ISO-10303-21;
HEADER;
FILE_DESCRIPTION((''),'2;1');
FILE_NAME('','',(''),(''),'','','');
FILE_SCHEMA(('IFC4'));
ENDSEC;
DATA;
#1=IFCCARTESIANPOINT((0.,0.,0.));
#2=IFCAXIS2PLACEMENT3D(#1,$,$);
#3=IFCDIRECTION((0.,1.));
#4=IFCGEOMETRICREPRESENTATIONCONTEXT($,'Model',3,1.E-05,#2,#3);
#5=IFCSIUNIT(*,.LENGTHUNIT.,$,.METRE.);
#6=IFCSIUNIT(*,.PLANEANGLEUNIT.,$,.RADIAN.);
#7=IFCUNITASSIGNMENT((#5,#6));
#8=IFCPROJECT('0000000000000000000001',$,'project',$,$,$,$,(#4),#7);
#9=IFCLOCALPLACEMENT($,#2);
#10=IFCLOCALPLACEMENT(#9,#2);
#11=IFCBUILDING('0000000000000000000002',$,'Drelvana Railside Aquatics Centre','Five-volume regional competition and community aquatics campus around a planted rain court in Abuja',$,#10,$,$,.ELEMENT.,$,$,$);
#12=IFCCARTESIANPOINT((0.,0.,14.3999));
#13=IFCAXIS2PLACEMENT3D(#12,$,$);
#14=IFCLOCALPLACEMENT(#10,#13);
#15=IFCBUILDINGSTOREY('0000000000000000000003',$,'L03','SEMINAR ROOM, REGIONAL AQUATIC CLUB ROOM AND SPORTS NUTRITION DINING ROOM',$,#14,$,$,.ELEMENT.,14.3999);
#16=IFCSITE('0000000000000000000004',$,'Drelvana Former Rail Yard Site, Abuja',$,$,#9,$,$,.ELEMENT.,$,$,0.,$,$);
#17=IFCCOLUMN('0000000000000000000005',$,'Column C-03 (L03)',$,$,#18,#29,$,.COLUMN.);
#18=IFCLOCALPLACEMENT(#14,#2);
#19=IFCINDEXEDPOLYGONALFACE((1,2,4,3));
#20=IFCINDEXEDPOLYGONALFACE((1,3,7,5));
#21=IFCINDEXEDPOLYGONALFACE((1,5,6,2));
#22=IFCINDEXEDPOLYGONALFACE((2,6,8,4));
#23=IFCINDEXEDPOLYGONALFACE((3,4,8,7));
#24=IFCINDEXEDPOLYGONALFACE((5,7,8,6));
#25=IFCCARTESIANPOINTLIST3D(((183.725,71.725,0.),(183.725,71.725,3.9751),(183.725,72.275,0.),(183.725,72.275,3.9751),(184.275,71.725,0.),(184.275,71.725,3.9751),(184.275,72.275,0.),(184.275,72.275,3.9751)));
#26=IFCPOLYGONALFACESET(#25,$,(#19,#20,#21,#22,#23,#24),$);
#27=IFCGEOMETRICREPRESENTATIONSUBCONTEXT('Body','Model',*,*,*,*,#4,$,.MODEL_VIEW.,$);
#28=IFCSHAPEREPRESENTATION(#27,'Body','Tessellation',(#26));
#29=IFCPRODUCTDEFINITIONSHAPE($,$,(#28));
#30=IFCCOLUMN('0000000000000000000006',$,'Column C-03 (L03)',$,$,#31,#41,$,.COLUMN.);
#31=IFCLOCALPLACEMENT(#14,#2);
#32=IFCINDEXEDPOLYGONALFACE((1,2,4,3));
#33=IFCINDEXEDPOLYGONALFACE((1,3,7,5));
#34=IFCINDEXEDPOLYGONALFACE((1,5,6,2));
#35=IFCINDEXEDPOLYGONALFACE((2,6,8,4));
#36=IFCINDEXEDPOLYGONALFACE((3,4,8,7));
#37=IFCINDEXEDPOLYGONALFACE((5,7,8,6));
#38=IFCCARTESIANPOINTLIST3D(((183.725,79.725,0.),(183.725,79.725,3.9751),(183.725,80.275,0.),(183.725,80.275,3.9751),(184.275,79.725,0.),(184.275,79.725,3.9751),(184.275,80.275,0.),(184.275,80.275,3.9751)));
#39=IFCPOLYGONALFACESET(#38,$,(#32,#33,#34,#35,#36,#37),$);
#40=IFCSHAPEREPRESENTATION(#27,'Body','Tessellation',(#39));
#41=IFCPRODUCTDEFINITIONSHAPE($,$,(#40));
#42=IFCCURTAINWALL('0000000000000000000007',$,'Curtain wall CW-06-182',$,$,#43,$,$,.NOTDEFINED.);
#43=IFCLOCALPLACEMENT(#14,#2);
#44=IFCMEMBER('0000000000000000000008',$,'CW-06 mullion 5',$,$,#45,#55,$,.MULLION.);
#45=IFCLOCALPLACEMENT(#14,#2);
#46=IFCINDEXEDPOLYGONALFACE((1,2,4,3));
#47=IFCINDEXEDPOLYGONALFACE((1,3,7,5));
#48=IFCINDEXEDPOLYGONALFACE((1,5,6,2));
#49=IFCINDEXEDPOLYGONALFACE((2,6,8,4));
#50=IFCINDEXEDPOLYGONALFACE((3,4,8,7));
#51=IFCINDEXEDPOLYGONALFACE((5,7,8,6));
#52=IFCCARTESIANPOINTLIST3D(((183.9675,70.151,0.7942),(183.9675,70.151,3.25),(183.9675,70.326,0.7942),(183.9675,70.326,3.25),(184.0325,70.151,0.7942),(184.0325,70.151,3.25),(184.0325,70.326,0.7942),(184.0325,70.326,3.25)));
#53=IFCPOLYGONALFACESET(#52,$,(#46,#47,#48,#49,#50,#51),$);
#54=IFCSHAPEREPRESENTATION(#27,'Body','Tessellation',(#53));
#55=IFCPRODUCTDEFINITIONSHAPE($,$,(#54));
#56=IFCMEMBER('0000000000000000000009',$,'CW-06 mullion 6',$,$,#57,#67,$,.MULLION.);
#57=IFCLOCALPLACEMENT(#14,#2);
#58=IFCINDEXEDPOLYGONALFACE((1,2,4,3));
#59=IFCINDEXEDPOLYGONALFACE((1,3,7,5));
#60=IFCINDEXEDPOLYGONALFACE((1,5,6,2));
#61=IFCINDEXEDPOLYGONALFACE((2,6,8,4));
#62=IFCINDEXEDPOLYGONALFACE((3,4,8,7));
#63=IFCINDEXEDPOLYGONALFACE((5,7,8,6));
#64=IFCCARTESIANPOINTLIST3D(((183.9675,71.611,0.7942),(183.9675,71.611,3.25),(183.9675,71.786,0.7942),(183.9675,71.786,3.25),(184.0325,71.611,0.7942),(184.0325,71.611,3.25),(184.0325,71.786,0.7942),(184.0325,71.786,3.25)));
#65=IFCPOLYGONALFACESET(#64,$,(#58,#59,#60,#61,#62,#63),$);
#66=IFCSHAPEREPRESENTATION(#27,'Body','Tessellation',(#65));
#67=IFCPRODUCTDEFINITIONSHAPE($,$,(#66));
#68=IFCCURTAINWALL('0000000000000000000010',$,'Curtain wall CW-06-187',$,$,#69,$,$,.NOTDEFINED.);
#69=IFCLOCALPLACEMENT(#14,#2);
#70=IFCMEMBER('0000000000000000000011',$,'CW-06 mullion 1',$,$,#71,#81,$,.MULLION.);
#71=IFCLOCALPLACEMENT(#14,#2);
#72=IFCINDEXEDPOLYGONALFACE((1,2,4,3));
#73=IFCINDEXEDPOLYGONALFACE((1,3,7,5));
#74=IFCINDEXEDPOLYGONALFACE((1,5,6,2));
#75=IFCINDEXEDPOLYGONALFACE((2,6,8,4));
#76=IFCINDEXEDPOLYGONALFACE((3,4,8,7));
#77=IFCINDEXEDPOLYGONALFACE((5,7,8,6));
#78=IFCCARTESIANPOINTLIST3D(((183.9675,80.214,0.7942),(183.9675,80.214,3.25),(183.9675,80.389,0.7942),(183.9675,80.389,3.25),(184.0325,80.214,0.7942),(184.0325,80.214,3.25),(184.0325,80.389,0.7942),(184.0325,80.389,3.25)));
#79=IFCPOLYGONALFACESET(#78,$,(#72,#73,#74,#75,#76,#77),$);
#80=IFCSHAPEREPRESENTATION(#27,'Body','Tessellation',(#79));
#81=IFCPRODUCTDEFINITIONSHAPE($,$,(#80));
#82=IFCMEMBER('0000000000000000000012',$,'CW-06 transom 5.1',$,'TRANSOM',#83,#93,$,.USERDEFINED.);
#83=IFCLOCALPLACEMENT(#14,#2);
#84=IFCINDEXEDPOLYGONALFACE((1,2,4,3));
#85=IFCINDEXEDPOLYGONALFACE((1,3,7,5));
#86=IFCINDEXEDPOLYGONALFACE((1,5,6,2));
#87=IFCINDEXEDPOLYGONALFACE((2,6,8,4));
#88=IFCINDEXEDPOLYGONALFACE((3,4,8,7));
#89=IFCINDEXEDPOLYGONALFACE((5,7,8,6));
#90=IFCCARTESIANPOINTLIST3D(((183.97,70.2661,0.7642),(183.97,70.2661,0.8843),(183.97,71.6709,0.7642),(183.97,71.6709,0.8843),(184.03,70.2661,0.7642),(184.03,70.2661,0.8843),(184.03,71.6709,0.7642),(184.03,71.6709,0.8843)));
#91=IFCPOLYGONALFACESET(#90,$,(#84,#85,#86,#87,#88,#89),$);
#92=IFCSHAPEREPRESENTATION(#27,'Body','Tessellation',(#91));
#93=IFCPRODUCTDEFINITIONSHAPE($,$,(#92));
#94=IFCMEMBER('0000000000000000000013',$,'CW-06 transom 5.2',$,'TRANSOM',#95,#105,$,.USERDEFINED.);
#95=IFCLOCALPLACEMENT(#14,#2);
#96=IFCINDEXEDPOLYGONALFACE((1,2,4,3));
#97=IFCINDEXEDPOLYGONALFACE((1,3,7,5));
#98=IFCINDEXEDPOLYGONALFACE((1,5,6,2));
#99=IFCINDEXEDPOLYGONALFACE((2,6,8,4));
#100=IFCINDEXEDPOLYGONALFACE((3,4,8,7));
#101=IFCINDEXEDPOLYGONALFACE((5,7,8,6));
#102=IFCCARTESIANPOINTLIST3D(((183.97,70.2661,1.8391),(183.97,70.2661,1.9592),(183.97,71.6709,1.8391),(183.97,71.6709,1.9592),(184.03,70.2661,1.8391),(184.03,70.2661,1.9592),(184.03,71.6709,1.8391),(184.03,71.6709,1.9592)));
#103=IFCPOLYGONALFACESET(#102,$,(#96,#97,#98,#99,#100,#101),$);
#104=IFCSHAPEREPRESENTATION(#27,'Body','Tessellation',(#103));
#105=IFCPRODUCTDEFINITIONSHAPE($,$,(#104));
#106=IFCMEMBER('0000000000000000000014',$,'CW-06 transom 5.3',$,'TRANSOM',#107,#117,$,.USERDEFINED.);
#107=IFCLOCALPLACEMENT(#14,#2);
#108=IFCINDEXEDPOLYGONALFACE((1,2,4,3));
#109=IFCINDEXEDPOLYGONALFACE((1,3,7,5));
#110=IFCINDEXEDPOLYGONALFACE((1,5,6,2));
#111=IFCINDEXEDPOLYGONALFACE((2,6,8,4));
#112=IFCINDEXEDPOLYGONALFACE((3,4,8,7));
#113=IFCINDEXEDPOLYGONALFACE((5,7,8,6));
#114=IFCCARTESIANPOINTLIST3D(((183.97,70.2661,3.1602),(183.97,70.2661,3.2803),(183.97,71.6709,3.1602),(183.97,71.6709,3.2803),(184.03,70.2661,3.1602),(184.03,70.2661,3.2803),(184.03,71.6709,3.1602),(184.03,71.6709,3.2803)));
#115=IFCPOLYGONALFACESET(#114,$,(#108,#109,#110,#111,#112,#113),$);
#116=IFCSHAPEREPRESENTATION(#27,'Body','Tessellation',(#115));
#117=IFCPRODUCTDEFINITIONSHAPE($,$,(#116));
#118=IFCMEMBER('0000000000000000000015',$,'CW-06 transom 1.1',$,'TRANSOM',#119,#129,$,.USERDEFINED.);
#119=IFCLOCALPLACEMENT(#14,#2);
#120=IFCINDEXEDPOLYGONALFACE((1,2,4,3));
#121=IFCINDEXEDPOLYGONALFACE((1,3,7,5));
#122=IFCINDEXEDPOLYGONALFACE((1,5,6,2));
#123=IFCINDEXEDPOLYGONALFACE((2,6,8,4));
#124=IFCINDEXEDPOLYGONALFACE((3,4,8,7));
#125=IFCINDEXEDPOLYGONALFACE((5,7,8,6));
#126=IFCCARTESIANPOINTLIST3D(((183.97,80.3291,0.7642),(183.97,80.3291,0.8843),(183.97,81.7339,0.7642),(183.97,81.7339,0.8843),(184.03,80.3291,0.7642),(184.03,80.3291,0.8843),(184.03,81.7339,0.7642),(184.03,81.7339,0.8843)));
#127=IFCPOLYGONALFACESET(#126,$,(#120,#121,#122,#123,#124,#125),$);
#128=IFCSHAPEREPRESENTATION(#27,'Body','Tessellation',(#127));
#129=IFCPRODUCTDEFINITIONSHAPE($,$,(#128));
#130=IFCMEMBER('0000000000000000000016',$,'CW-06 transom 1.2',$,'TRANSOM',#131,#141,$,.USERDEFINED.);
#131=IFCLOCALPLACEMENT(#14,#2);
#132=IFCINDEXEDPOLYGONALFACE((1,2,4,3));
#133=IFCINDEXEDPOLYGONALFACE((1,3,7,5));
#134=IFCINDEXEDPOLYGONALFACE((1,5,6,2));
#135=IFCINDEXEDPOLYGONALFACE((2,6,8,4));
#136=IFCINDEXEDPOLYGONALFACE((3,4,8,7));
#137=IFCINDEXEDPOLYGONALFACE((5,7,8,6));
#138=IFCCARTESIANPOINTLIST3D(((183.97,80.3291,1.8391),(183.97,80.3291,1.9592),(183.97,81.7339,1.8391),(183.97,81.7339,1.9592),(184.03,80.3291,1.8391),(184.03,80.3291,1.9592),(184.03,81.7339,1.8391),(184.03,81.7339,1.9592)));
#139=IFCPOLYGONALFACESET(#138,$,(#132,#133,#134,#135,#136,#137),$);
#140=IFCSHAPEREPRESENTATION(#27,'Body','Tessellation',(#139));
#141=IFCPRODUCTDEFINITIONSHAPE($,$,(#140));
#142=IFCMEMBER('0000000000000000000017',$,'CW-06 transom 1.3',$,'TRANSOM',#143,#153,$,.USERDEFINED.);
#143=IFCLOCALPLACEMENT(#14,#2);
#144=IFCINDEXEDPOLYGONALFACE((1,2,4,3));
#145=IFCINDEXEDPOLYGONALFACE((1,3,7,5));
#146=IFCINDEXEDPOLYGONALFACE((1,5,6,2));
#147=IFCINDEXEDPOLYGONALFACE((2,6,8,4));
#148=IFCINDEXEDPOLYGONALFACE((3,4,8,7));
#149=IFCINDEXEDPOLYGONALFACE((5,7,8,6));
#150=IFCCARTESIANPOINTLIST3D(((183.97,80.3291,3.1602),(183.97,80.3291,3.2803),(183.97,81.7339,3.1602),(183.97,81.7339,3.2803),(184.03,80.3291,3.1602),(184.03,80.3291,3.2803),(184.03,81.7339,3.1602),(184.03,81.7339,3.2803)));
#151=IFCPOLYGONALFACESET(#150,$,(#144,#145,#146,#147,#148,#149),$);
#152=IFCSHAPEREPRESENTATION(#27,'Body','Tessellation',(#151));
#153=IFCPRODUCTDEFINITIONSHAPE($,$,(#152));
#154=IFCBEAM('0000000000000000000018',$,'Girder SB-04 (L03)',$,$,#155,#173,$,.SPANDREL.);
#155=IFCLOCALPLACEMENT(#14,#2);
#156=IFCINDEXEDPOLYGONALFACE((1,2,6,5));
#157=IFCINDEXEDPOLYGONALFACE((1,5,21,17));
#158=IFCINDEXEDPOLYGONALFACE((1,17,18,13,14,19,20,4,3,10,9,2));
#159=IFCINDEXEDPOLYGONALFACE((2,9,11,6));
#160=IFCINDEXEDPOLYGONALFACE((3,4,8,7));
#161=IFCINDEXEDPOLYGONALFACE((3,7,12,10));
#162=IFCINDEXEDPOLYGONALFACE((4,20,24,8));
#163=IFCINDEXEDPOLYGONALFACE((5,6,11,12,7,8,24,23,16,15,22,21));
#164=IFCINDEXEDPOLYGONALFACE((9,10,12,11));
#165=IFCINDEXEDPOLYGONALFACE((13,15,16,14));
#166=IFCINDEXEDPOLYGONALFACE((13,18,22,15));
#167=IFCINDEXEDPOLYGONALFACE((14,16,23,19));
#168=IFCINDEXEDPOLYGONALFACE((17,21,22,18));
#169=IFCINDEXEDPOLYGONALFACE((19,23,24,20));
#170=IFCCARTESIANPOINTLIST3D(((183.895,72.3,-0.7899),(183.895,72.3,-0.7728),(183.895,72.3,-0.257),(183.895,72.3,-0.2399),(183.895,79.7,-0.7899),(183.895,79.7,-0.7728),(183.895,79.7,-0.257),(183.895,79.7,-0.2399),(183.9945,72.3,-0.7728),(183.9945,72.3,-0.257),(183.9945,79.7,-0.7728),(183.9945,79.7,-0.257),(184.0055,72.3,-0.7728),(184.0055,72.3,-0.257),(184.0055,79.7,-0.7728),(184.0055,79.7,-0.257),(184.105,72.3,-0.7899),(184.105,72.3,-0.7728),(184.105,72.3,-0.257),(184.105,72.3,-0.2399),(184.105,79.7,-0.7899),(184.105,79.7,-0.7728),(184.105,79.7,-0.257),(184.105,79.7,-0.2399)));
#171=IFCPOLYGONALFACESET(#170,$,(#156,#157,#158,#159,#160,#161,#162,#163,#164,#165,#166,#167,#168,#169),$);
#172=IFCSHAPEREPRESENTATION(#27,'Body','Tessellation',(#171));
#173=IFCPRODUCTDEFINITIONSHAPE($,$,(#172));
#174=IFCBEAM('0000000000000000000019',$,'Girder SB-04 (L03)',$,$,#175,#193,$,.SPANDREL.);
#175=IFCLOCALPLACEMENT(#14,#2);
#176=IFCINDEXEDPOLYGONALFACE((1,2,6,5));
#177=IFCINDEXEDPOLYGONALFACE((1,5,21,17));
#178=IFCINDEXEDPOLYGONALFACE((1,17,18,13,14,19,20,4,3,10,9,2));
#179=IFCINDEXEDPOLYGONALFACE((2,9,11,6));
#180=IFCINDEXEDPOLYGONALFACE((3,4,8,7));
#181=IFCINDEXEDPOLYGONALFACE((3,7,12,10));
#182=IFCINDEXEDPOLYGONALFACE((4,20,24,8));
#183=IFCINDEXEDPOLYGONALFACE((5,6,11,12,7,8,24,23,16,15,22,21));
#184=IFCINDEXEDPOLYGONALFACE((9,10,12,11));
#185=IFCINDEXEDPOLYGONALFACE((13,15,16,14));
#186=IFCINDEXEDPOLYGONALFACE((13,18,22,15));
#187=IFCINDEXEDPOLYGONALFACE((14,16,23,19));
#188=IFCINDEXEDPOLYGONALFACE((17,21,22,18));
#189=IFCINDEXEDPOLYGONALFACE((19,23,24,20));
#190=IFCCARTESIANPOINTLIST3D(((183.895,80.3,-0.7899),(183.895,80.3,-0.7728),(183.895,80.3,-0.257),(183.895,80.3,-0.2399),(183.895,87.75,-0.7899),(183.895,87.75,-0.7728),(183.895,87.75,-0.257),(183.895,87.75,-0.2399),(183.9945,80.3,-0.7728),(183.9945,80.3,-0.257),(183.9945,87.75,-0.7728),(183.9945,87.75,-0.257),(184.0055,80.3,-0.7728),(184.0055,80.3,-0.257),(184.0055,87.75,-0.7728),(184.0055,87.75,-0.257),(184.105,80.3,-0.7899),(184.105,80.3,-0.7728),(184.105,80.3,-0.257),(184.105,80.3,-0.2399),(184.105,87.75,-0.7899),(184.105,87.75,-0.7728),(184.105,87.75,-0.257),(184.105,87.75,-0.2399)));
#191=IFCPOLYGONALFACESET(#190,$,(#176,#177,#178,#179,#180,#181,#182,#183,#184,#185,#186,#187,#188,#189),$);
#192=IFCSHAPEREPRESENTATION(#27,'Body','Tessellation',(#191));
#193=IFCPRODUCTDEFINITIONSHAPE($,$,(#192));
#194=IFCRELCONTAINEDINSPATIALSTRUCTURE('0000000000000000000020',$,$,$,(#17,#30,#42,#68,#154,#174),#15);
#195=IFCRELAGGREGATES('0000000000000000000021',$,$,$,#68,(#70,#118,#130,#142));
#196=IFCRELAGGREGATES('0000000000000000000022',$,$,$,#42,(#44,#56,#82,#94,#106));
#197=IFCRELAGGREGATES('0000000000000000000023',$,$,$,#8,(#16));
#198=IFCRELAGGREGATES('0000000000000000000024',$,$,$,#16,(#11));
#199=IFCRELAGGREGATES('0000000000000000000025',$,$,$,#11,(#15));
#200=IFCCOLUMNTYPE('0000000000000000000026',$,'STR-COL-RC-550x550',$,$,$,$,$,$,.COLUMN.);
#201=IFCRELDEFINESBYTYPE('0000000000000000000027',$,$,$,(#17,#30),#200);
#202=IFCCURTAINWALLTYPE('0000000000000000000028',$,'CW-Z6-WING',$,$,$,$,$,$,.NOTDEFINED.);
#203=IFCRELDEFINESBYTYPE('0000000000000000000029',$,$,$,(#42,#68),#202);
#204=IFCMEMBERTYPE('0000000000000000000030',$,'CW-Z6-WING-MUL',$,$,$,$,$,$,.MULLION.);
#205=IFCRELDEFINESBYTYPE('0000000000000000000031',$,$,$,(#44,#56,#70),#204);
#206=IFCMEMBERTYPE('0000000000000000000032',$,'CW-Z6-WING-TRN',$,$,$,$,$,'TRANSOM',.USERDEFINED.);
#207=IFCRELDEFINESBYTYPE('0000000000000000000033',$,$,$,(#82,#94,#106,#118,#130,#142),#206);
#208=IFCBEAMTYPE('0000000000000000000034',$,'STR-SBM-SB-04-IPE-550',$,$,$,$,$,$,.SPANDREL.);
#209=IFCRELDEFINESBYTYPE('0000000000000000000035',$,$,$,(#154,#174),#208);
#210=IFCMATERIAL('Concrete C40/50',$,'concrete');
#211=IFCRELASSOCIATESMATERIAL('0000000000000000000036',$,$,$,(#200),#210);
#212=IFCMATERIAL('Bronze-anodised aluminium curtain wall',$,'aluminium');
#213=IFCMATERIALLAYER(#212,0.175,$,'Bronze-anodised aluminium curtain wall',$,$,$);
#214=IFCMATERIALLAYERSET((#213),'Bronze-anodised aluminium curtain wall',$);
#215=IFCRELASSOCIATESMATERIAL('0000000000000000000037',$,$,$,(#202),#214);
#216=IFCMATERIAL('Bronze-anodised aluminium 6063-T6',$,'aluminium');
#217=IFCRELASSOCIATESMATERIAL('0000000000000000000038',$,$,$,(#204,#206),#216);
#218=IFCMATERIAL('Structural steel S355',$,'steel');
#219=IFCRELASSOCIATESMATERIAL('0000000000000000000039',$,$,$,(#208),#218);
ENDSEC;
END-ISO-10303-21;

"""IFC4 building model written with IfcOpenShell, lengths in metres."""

from ifc_helpers import new_model, si_unit, direction, frame, origin, origin_2d, place, context, subcontext, project, spatial, rectangle, i_section, extrude, material, layer, layer_set, material_profile, profile_set, type_object, element, aggregate, save


model = new_model("IFC4")

# Units and contexts
model_context = context("Model", 3, precision=1e-05, world=origin(), true_north=direction((0.0, 1.0)))
body_context = subcontext(model_context, "Body", "Model", "MODEL_VIEW")
ifc_project = project(units=[si_unit("LENGTHUNIT", "METRE"), si_unit("PLANEANGLEUNIT", "RADIAN")], contexts=[model_context])

# Site, building, storey
site_placement = place(None, origin())
site = spatial("IfcSite", under=ifc_project, at=site_placement, Name="Drelvana Former Rail Yard Site, Abuja", CompositionType="ELEMENT", RefElevation=0.0)
building_placement = place(site_placement, origin())
building = spatial("IfcBuilding", under=site, at=building_placement, Name="Drelvana Railside Aquatics Centre", Description="Five-volume regional competition and community aquatics campus around a planted rain court in Abuja", CompositionType="ELEMENT")
storey_placement = place(building_placement, frame((0.0, 0.0, 14.3999)))
storey = spatial("IfcBuildingStorey", under=building, at=storey_placement, Name="L03", Description="SEMINAR ROOM, REGIONAL AQUATIC CLUB ROOM AND SPORTS NUTRITION DINING ROOM", CompositionType="ELEMENT", Elevation=14.3999)

# Columns
ifc_material_1 = material(Name="Concrete C40/50", Category="concrete")
ifc_material_profile_1 = material_profile(ifc_material_1, rectangle(XDim=0.55, YDim=0.55, at=origin_2d()), Name="RC 550x550")
ifc_profile_set_1 = profile_set([ifc_material_profile_1], Name="Concrete C40/50")
column_type = type_object("IfcColumnType", Name="STR-COL-RC-550x550", PredefinedType="COLUMN", material=ifc_profile_set_1)
for number, where, z_axis, x_axis, name in (
    (1, (184.0, 72.0, 0.0), (0.0, 0.0, 1.0), (1.0, 0.0, 0.0), "Column C-03 (L03)"),
    (2, (184.0, 80.0, 0.0), (0.0, 0.0, 1.0), (1.0, 0.0, 0.0), "Column C-03 (L03)"),
):
    element("IfcColumn", number, at=place(storey_placement, frame(where, z_axis=z_axis, x_axis=x_axis)), inside=storey, type_object=column_type, Name=name, PredefinedType="COLUMN", context=body_context, shape_type="SweptSolid", body=[
        extrude(rectangle(XDim=0.55, YDim=0.55, at=origin_2d()), origin(), (0.0, 0.0, 1.0), 3.9751),
    ])

# Curtain wall, members
ifc_material_2 = material(Name="Bronze-anodised aluminium curtain wall", Category="aluminium")
ifc_layer_1 = layer(ifc_material_2, 0.175, Name="Bronze-anodised aluminium curtain wall")
ifc_layer_set_1 = layer_set([ifc_layer_1], Name="Bronze-anodised aluminium curtain wall")
curtain_wall_type = type_object("IfcCurtainWallType", Name="CW-Z6-WING", PredefinedType="NOTDEFINED", material=ifc_layer_set_1)
curtain_wall_1_placement = place(storey_placement, origin())
curtain_wall_1 = element("IfcCurtainWall", 3, at=curtain_wall_1_placement, inside=storey, type_object=curtain_wall_type, Name="Curtain wall CW-06-182", PredefinedType="NOTDEFINED")
ifc_material_3 = material(Name="Bronze-anodised aluminium 6063-T6", Category="aluminium")
ifc_material_profile_2 = material_profile(ifc_material_3, rectangle(XDim=0.0649, YDim=0.175, at=origin_2d()), Name="ALU-M 65x175")
ifc_profile_set_2 = profile_set([ifc_material_profile_2], Name="Bronze-anodised aluminium 6063-T6")
member_type_1 = type_object("IfcMemberType", Name="CW-Z6-WING-MUL", PredefinedType="MULLION", material=ifc_profile_set_2)
member_1_placement = place(storey_placement, frame((184.0, 70.2385, 0.7942), z_axis=(0.0, 0.0, 1.0), x_axis=(-1.0, 0.0, 0.0)))
member_1 = element("IfcMember", 4, at=member_1_placement, type_object=member_type_1, Name="CW-06 mullion 5", PredefinedType="MULLION", context=body_context, shape_type="SweptSolid", body=[
    extrude(rectangle(XDim=0.0649, YDim=0.175, at=origin_2d()), origin(), (0.0, 0.0, 1.0), 2.4558),
])
member_2_placement = place(storey_placement, frame((184.0, 71.6985, 0.7942), z_axis=(0.0, 0.0, 1.0), x_axis=(-1.0, 0.0, 0.0)))
member_2 = element("IfcMember", 5, at=member_2_placement, type_object=member_type_1, Name="CW-06 mullion 6", PredefinedType="MULLION", context=body_context, shape_type="SweptSolid", body=[
    extrude(rectangle(XDim=0.0649, YDim=0.175, at=origin_2d()), origin(), (0.0, 0.0, 1.0), 2.4558),
])

# Curtain wall, member
curtain_wall_2_placement = place(storey_placement, origin())
curtain_wall_2 = element("IfcCurtainWall", 6, at=curtain_wall_2_placement, inside=storey, type_object=curtain_wall_type, Name="Curtain wall CW-06-187", PredefinedType="NOTDEFINED")
member_3_placement = place(storey_placement, frame((184.0, 80.3015, 0.7942), z_axis=(0.0, 0.0, 1.0), x_axis=(-1.0, 0.0, 0.0)))
member_3 = element("IfcMember", 7, at=member_3_placement, type_object=member_type_1, Name="CW-06 mullion 1", PredefinedType="MULLION", context=body_context, shape_type="SweptSolid", body=[
    extrude(rectangle(XDim=0.0649, YDim=0.175, at=origin_2d()), origin(), (0.0, 0.0, 1.0), 2.4558),
])

# Members
ifc_material_profile_3 = material_profile(ifc_material_3, rectangle(XDim=0.1201, YDim=0.0601, at=origin_2d()), Name="ALU-T 60x120")
ifc_profile_set_3 = profile_set([ifc_material_profile_3], Name="Bronze-anodised aluminium 6063-T6")
member_type_2 = type_object("IfcMemberType", Name="CW-Z6-WING-TRN", ElementType="TRANSOM", PredefinedType="USERDEFINED", material=ifc_profile_set_3)
member_4_placement = place(storey_placement, frame((184.0, 70.2661, 0.8242), z_axis=(0.0, 1.0, 0.0), x_axis=(0.0, 0.0, 1.0)))
member_4 = element("IfcMember", 8, at=member_4_placement, type_object=member_type_2, Name="CW-06 transom 5.1", ObjectType="TRANSOM", PredefinedType="USERDEFINED", context=body_context, shape_type="SweptSolid", body=[
    extrude(rectangle(XDim=0.1201, YDim=0.0601, at=origin_2d()), origin(), (0.0, 0.0, 1.0), 1.4048),
])
member_5_placement = place(storey_placement, frame((184.0, 70.2661, 1.8992), z_axis=(0.0, 1.0, 0.0), x_axis=(0.0, 0.0, 1.0)))
member_5 = element("IfcMember", 9, at=member_5_placement, type_object=member_type_2, Name="CW-06 transom 5.2", ObjectType="TRANSOM", PredefinedType="USERDEFINED", context=body_context, shape_type="SweptSolid", body=[
    extrude(rectangle(XDim=0.1201, YDim=0.0601, at=origin_2d()), origin(), (0.0, 0.0, 1.0), 1.4048),
])
member_6_placement = place(storey_placement, frame((184.0, 70.2661, 3.2202), z_axis=(0.0, 1.0, 0.0), x_axis=(0.0, 0.0, 1.0)))
member_6 = element("IfcMember", 10, at=member_6_placement, type_object=member_type_2, Name="CW-06 transom 5.3", ObjectType="TRANSOM", PredefinedType="USERDEFINED", context=body_context, shape_type="SweptSolid", body=[
    extrude(rectangle(XDim=0.1201, YDim=0.0601, at=origin_2d()), origin(), (0.0, 0.0, 1.0), 1.4048),
])
member_7_placement = place(storey_placement, frame((184.0, 80.3291, 0.8242), z_axis=(0.0, 1.0, 0.0), x_axis=(0.0, 0.0, 1.0)))
member_7 = element("IfcMember", 11, at=member_7_placement, type_object=member_type_2, Name="CW-06 transom 1.1", ObjectType="TRANSOM", PredefinedType="USERDEFINED", context=body_context, shape_type="SweptSolid", body=[
    extrude(rectangle(XDim=0.1201, YDim=0.0601, at=origin_2d()), origin(), (0.0, 0.0, 1.0), 1.4048),
])
member_8_placement = place(storey_placement, frame((184.0, 80.3291, 1.8992), z_axis=(0.0, 1.0, 0.0), x_axis=(0.0, 0.0, 1.0)))
member_8 = element("IfcMember", 12, at=member_8_placement, type_object=member_type_2, Name="CW-06 transom 1.2", ObjectType="TRANSOM", PredefinedType="USERDEFINED", context=body_context, shape_type="SweptSolid", body=[
    extrude(rectangle(XDim=0.1201, YDim=0.0601, at=origin_2d()), origin(), (0.0, 0.0, 1.0), 1.4048),
])
member_9_placement = place(storey_placement, frame((184.0, 80.3291, 3.2202), z_axis=(0.0, 1.0, 0.0), x_axis=(0.0, 0.0, 1.0)))
member_9 = element("IfcMember", 13, at=member_9_placement, type_object=member_type_2, Name="CW-06 transom 1.3", ObjectType="TRANSOM", PredefinedType="USERDEFINED", context=body_context, shape_type="SweptSolid", body=[
    extrude(rectangle(XDim=0.1201, YDim=0.0601, at=origin_2d()), origin(), (0.0, 0.0, 1.0), 1.4048),
])
aggregate(curtain_wall_2, [member_3, member_7, member_8, member_9])

# Beams
ifc_material_4 = material(Name="Structural steel S355", Category="steel")
ifc_material_profile_4 = material_profile(ifc_material_4, i_section(OverallWidth=0.21, OverallDepth=0.55, WebThickness=0.011, FlangeThickness=0.0171, at=origin_2d()), Name="IPE 550")
ifc_profile_set_4 = profile_set([ifc_material_profile_4], Name="Structural steel S355")
beam_type = type_object("IfcBeamType", Name="STR-SBM-SB-04-IPE-550", PredefinedType="SPANDREL", material=ifc_profile_set_4)
beam_1_placement = place(storey_placement, frame((184.0, 72.3, -0.5149), z_axis=(0.0, 1.0, 0.0), x_axis=(-1.0, 0.0, 0.0)))
element("IfcBeam", 14, at=beam_1_placement, inside=storey, type_object=beam_type, Name="Girder SB-04 (L03)", PredefinedType="SPANDREL", context=body_context, shape_type="SweptSolid", body=[
    extrude(i_section(OverallWidth=0.21, OverallDepth=0.55, WebThickness=0.011, FlangeThickness=0.0171, at=origin_2d()), origin(), (0.0, 0.0, 1.0), 7.3999),
])
beam_2_placement = place(storey_placement, frame((184.0, 80.3, -0.5149), z_axis=(0.0, 1.0, 0.0), x_axis=(-1.0, 0.0, 0.0)))
element("IfcBeam", 15, at=beam_2_placement, inside=storey, type_object=beam_type, Name="Girder SB-04 (L03)", PredefinedType="SPANDREL", context=body_context, shape_type="SweptSolid", body=[
    extrude(i_section(OverallWidth=0.21, OverallDepth=0.55, WebThickness=0.011, FlangeThickness=0.0171, at=origin_2d()), origin(), (0.0, 0.0, 1.0), 7.45),
])

aggregate(curtain_wall_1, [member_1, member_2, member_4, member_5, member_6])

save(model, "model.ifc")
